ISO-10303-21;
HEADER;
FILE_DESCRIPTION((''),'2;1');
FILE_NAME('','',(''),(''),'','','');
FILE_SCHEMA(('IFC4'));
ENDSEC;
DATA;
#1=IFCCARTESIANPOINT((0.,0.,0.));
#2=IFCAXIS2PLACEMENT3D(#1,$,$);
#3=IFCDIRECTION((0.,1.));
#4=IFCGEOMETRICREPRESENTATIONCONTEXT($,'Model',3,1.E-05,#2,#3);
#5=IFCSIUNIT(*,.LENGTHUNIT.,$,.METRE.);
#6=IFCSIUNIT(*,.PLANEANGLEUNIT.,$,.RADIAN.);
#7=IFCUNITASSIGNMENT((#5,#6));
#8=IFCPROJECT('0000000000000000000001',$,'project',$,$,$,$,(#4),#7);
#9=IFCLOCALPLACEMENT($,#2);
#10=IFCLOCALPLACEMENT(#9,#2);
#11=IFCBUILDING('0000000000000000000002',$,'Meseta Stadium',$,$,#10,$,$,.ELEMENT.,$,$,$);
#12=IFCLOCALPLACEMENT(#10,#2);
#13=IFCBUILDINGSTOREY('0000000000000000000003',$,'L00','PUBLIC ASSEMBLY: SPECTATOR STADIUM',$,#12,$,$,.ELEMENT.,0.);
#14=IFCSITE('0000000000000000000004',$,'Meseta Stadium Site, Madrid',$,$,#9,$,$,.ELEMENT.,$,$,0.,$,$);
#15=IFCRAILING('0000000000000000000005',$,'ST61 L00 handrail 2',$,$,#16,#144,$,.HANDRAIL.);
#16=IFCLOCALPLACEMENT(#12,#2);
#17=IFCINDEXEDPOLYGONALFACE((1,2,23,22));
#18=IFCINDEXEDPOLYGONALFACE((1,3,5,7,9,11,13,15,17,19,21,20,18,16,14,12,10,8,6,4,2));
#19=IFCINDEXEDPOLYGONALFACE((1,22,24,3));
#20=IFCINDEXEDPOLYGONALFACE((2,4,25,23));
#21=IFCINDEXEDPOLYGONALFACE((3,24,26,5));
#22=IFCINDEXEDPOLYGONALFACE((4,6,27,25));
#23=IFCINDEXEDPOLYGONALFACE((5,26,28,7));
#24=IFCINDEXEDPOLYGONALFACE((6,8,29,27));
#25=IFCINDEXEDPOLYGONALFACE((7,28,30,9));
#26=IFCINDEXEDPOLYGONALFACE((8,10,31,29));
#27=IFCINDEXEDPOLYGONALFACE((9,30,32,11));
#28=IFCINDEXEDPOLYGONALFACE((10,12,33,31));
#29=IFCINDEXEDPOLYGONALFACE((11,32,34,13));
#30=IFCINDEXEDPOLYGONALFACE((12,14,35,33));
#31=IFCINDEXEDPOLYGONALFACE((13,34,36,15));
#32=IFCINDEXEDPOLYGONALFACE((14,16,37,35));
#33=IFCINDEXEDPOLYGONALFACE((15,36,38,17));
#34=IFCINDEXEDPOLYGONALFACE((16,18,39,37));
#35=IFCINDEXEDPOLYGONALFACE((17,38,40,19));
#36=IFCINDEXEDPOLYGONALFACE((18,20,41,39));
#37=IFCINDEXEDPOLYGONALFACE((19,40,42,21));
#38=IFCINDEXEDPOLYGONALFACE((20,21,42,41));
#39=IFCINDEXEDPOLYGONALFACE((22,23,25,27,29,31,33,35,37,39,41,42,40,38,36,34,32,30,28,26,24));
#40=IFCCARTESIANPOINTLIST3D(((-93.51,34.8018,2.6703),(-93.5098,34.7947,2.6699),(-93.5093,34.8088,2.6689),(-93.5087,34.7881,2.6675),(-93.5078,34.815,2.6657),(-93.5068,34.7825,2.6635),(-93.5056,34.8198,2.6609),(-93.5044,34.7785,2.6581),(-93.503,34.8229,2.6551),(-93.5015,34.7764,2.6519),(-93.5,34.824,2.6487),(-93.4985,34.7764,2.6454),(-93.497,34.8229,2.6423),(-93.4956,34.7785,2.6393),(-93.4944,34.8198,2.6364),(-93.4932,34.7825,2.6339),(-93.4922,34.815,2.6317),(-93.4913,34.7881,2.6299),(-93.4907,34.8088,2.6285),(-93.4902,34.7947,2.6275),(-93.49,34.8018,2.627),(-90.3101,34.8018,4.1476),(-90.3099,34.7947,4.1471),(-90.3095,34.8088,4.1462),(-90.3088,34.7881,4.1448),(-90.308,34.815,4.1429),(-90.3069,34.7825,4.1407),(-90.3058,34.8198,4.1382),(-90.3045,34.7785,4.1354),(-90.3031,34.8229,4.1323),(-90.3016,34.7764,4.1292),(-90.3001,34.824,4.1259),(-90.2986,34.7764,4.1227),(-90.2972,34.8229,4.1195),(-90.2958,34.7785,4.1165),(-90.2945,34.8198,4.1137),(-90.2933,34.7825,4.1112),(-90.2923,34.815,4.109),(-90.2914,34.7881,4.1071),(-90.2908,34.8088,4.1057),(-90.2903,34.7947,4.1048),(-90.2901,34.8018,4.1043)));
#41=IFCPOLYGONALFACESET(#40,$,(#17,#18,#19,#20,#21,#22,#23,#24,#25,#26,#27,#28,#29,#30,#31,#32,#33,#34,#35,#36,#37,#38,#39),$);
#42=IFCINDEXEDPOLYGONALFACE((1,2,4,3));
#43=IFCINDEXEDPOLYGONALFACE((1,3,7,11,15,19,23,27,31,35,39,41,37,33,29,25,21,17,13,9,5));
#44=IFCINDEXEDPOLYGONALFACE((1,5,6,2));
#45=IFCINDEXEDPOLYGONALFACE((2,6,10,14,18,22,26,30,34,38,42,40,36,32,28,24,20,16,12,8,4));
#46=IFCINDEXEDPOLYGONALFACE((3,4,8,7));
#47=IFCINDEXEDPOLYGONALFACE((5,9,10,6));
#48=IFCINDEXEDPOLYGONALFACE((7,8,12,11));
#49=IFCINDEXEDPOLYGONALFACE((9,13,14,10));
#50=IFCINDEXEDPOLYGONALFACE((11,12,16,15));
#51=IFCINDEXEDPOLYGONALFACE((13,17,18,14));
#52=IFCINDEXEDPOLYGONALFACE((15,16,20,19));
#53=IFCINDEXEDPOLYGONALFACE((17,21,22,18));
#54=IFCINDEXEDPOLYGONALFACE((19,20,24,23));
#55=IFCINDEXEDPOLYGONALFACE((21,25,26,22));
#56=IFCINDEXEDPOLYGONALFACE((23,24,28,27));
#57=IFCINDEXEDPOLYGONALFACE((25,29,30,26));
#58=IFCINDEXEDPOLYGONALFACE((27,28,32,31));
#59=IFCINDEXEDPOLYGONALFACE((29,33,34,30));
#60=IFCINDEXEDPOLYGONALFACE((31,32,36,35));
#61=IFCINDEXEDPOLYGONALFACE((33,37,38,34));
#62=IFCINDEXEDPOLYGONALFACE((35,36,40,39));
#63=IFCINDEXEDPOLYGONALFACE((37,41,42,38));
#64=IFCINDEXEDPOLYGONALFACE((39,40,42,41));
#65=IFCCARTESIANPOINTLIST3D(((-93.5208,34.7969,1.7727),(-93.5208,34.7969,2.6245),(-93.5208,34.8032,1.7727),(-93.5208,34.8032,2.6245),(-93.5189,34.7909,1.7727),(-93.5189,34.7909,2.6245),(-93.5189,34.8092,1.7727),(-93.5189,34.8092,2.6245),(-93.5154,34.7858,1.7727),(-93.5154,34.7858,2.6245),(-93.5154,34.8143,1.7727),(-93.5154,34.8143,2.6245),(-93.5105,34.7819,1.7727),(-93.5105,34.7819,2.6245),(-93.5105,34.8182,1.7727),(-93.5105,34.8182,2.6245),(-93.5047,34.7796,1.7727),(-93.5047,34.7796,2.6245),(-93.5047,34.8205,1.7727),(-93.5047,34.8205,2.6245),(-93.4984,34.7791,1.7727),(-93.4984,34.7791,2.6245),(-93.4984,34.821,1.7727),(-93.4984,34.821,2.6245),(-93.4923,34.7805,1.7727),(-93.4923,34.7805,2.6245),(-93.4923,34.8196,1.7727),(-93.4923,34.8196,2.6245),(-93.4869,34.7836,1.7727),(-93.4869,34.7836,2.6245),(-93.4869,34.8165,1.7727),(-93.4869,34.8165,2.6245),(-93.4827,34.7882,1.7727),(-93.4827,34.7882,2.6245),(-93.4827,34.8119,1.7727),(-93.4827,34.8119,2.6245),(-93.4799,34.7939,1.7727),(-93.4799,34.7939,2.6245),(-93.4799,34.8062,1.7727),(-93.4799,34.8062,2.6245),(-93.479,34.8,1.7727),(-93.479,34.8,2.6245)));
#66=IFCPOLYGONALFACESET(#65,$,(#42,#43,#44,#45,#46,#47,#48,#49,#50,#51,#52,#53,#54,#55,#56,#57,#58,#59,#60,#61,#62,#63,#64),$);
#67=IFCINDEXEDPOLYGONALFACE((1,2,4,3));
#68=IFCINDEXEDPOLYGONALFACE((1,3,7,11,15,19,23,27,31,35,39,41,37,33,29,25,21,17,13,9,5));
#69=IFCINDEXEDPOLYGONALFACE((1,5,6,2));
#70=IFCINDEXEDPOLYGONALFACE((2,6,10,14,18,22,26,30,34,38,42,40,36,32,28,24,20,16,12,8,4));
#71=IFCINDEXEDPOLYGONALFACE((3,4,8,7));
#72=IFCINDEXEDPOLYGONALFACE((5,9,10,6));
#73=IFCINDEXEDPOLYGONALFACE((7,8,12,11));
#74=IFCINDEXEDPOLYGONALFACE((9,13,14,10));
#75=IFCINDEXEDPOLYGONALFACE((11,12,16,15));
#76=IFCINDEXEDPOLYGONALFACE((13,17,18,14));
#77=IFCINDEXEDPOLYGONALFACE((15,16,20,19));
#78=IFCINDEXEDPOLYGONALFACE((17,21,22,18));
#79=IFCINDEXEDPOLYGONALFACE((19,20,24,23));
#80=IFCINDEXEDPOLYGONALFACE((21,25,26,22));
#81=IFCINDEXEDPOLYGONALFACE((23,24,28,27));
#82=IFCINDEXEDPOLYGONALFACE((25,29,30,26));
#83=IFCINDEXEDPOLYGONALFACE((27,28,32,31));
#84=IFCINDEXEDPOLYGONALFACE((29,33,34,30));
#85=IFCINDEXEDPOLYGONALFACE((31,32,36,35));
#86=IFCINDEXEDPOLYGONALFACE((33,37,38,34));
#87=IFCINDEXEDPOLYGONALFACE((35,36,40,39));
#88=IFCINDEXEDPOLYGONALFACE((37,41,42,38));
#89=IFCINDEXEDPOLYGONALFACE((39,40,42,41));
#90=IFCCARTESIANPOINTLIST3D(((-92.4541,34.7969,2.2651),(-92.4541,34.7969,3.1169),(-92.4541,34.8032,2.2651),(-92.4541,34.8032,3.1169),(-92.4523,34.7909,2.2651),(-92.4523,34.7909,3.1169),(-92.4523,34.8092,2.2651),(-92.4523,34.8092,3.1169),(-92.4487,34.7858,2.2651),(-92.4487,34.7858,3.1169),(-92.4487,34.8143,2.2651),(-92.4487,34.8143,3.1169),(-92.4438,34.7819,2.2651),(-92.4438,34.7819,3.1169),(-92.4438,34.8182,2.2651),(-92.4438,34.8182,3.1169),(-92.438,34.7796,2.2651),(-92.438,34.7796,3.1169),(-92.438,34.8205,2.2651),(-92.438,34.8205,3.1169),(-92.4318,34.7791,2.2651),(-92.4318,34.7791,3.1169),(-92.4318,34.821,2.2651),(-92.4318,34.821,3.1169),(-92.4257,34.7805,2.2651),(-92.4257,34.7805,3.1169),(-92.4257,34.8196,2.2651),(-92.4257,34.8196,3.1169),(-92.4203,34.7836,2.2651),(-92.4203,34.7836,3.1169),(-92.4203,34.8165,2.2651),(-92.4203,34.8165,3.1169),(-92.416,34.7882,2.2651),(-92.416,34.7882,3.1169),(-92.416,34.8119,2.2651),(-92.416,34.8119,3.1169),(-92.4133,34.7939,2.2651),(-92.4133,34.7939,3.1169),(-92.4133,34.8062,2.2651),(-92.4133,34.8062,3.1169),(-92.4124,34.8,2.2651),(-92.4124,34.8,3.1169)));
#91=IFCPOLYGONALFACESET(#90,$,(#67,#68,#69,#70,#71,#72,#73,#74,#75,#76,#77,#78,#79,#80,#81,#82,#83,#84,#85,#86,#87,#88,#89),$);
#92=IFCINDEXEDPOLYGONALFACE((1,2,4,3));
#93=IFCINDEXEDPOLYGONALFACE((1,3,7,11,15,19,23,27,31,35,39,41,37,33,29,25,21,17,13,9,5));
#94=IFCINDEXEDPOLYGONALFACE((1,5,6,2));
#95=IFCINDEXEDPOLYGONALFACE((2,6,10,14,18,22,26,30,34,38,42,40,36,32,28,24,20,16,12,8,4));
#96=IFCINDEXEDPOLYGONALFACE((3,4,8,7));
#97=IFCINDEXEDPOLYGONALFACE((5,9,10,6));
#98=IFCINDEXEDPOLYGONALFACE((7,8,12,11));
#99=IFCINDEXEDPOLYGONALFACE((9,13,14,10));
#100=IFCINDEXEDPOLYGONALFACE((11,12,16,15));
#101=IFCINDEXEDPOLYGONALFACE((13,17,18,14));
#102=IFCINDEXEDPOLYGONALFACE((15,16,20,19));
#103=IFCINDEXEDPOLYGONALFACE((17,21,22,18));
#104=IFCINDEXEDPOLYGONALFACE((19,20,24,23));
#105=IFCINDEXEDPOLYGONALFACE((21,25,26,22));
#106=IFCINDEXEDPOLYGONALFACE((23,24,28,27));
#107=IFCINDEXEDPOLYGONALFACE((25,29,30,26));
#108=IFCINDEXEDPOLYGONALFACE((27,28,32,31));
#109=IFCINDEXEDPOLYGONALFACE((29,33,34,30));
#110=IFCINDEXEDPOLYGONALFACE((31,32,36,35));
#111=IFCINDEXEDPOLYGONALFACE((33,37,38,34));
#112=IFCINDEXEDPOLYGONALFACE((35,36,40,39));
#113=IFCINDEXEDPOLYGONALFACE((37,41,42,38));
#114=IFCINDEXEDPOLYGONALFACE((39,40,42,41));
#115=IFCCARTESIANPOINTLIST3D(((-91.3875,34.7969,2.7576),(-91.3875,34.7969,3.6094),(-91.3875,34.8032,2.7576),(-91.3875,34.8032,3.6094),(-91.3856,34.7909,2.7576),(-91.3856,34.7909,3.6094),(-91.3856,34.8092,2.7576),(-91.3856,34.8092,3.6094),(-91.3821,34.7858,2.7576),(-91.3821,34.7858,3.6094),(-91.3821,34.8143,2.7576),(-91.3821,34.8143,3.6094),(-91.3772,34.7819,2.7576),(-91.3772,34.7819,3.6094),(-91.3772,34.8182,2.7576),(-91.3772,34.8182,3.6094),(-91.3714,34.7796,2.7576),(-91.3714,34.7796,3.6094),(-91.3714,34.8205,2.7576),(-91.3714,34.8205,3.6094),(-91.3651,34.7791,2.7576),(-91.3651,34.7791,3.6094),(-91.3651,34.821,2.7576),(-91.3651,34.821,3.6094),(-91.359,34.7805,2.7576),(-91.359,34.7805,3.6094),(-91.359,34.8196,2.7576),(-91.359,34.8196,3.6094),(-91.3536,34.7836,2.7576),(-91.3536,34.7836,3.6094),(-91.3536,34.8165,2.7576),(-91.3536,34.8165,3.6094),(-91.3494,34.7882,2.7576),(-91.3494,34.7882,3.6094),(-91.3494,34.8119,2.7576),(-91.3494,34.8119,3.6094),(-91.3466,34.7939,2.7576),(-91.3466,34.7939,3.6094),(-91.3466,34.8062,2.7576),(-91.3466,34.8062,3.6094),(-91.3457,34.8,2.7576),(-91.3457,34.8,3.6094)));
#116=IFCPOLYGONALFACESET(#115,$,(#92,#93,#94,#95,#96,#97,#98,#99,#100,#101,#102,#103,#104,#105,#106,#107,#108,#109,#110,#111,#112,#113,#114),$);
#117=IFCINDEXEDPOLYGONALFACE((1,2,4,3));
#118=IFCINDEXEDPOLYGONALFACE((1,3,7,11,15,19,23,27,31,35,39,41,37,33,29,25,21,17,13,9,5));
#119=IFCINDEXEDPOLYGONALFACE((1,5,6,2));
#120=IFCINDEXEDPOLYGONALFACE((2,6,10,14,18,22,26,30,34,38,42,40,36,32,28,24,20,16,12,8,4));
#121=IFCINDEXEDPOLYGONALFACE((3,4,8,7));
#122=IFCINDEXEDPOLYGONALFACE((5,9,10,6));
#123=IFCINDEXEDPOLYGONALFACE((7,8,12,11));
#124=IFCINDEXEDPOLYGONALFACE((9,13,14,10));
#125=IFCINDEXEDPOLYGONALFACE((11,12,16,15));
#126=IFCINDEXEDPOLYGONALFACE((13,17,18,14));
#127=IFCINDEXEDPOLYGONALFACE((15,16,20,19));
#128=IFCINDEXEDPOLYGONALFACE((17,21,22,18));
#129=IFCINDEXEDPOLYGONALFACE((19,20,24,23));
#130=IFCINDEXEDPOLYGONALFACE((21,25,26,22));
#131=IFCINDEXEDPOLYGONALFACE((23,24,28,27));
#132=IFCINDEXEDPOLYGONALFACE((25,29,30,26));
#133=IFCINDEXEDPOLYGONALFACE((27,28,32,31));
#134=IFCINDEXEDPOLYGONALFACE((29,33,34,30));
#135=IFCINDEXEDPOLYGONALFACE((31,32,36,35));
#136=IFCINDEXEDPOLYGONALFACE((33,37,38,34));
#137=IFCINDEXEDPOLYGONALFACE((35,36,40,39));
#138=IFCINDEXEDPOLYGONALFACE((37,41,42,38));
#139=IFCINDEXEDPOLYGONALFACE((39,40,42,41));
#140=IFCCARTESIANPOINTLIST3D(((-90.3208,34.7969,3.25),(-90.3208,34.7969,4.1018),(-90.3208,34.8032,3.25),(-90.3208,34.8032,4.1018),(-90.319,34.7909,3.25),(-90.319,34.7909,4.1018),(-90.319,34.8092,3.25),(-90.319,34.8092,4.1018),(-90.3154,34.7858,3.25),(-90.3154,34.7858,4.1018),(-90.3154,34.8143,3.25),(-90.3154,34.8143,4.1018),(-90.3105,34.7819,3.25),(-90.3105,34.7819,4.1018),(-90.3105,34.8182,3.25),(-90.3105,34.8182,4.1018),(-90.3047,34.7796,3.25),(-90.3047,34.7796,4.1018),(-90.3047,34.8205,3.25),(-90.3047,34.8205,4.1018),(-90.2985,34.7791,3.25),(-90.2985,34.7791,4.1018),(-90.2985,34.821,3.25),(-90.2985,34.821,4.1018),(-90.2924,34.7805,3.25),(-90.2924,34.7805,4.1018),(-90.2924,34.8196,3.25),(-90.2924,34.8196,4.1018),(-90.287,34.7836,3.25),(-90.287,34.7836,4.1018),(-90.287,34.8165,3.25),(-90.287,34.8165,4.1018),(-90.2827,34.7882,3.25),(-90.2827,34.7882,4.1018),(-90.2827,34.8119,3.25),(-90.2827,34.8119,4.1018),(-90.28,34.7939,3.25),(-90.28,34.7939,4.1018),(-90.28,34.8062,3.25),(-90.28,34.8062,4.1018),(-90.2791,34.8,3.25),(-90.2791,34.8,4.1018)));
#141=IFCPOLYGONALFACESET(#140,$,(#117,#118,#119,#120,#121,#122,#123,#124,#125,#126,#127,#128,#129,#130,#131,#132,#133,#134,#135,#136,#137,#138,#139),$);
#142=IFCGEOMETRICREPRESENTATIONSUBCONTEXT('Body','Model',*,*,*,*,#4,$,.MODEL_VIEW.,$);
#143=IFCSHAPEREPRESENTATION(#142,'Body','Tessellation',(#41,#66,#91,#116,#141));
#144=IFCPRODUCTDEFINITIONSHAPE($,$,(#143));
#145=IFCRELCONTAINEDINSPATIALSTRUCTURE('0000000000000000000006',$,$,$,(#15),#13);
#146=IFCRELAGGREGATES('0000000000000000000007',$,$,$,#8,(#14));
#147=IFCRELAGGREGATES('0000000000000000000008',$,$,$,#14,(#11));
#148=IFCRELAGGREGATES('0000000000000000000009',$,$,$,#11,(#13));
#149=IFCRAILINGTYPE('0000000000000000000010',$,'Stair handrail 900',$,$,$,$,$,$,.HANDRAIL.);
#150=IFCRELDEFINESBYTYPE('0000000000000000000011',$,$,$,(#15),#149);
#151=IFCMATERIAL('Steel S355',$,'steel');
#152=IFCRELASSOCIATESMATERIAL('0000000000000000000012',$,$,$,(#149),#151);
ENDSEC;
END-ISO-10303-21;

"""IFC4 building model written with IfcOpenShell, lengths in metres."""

from ifc_helpers import new_model, si_unit, direction, frame, origin, origin_2d, place, context, subcontext, project, spatial, circle, extrude, material, type_object, element, save


model = new_model("IFC4")

# Units and contexts
model_context = context("Model", 3, precision=1e-05, world=origin(), true_north=direction((0.0, 1.0)))
body_context = subcontext(model_context, "Body", "Model", "MODEL_VIEW")
ifc_project = project(units=[si_unit("LENGTHUNIT", "METRE"), si_unit("PLANEANGLEUNIT", "RADIAN")], contexts=[model_context])

# Site, building, storey
site_placement = place(None, origin())
site = spatial("IfcSite", under=ifc_project, at=site_placement, Name="Meseta Stadium Site, Madrid", CompositionType="ELEMENT", RefElevation=0.0)
building_placement = place(site_placement, origin())
building = spatial("IfcBuilding", under=site, at=building_placement, Name="Meseta Stadium", CompositionType="ELEMENT")
storey_placement = place(building_placement, origin())
storey = spatial("IfcBuildingStorey", under=building, at=storey_placement, Name="L00", Description="PUBLIC ASSEMBLY: SPECTATOR STADIUM", CompositionType="ELEMENT", Elevation=0.0)

# Railing
ifc_material_1 = material(Name="Steel S355", Category="steel")
railing_type_1 = type_object("IfcRailingType", Name="Stair handrail 900", PredefinedType="HANDRAIL", material=ifc_material_1)
for number, where, name in (
    (1, (-93.5, 34.8, 1.7727), "ST61 L00 handrail 2"),
):
    element("IfcRailing", number, at=place(storey_placement, frame(where)), inside=storey, type_object=railing_type_1, Name=name, PredefinedType="HANDRAIL", context=body_context, shape_type="SweptSolid", body=[
        extrude(circle(Radius=0.0239, at=origin_2d()), frame((0.0, 0.0, 0.876), z_axis=(0.907917, 0.0, 0.41915), x_axis=(0.0, 1.0, 0.0)), (0.0, 0.0, 1.0), 3.5244),
        extrude(circle(Radius=0.021, at=origin_2d()), origin(), (0.0, 0.0, 1.0), 0.8518),
        extrude(circle(Radius=0.021, at=origin_2d()), frame((1.0667, 0.0, 0.4924)), (0.0, 0.0, 1.0), 0.8518),
        extrude(circle(Radius=0.021, at=origin_2d()), frame((2.1333, 0.0, 0.9849)), (0.0, 0.0, 1.0), 0.8518),
        extrude(circle(Radius=0.021, at=origin_2d()), frame((3.2, 0.0, 1.4773)), (0.0, 0.0, 1.0), 0.8518),
    ])

save(model, "model.ifc")
